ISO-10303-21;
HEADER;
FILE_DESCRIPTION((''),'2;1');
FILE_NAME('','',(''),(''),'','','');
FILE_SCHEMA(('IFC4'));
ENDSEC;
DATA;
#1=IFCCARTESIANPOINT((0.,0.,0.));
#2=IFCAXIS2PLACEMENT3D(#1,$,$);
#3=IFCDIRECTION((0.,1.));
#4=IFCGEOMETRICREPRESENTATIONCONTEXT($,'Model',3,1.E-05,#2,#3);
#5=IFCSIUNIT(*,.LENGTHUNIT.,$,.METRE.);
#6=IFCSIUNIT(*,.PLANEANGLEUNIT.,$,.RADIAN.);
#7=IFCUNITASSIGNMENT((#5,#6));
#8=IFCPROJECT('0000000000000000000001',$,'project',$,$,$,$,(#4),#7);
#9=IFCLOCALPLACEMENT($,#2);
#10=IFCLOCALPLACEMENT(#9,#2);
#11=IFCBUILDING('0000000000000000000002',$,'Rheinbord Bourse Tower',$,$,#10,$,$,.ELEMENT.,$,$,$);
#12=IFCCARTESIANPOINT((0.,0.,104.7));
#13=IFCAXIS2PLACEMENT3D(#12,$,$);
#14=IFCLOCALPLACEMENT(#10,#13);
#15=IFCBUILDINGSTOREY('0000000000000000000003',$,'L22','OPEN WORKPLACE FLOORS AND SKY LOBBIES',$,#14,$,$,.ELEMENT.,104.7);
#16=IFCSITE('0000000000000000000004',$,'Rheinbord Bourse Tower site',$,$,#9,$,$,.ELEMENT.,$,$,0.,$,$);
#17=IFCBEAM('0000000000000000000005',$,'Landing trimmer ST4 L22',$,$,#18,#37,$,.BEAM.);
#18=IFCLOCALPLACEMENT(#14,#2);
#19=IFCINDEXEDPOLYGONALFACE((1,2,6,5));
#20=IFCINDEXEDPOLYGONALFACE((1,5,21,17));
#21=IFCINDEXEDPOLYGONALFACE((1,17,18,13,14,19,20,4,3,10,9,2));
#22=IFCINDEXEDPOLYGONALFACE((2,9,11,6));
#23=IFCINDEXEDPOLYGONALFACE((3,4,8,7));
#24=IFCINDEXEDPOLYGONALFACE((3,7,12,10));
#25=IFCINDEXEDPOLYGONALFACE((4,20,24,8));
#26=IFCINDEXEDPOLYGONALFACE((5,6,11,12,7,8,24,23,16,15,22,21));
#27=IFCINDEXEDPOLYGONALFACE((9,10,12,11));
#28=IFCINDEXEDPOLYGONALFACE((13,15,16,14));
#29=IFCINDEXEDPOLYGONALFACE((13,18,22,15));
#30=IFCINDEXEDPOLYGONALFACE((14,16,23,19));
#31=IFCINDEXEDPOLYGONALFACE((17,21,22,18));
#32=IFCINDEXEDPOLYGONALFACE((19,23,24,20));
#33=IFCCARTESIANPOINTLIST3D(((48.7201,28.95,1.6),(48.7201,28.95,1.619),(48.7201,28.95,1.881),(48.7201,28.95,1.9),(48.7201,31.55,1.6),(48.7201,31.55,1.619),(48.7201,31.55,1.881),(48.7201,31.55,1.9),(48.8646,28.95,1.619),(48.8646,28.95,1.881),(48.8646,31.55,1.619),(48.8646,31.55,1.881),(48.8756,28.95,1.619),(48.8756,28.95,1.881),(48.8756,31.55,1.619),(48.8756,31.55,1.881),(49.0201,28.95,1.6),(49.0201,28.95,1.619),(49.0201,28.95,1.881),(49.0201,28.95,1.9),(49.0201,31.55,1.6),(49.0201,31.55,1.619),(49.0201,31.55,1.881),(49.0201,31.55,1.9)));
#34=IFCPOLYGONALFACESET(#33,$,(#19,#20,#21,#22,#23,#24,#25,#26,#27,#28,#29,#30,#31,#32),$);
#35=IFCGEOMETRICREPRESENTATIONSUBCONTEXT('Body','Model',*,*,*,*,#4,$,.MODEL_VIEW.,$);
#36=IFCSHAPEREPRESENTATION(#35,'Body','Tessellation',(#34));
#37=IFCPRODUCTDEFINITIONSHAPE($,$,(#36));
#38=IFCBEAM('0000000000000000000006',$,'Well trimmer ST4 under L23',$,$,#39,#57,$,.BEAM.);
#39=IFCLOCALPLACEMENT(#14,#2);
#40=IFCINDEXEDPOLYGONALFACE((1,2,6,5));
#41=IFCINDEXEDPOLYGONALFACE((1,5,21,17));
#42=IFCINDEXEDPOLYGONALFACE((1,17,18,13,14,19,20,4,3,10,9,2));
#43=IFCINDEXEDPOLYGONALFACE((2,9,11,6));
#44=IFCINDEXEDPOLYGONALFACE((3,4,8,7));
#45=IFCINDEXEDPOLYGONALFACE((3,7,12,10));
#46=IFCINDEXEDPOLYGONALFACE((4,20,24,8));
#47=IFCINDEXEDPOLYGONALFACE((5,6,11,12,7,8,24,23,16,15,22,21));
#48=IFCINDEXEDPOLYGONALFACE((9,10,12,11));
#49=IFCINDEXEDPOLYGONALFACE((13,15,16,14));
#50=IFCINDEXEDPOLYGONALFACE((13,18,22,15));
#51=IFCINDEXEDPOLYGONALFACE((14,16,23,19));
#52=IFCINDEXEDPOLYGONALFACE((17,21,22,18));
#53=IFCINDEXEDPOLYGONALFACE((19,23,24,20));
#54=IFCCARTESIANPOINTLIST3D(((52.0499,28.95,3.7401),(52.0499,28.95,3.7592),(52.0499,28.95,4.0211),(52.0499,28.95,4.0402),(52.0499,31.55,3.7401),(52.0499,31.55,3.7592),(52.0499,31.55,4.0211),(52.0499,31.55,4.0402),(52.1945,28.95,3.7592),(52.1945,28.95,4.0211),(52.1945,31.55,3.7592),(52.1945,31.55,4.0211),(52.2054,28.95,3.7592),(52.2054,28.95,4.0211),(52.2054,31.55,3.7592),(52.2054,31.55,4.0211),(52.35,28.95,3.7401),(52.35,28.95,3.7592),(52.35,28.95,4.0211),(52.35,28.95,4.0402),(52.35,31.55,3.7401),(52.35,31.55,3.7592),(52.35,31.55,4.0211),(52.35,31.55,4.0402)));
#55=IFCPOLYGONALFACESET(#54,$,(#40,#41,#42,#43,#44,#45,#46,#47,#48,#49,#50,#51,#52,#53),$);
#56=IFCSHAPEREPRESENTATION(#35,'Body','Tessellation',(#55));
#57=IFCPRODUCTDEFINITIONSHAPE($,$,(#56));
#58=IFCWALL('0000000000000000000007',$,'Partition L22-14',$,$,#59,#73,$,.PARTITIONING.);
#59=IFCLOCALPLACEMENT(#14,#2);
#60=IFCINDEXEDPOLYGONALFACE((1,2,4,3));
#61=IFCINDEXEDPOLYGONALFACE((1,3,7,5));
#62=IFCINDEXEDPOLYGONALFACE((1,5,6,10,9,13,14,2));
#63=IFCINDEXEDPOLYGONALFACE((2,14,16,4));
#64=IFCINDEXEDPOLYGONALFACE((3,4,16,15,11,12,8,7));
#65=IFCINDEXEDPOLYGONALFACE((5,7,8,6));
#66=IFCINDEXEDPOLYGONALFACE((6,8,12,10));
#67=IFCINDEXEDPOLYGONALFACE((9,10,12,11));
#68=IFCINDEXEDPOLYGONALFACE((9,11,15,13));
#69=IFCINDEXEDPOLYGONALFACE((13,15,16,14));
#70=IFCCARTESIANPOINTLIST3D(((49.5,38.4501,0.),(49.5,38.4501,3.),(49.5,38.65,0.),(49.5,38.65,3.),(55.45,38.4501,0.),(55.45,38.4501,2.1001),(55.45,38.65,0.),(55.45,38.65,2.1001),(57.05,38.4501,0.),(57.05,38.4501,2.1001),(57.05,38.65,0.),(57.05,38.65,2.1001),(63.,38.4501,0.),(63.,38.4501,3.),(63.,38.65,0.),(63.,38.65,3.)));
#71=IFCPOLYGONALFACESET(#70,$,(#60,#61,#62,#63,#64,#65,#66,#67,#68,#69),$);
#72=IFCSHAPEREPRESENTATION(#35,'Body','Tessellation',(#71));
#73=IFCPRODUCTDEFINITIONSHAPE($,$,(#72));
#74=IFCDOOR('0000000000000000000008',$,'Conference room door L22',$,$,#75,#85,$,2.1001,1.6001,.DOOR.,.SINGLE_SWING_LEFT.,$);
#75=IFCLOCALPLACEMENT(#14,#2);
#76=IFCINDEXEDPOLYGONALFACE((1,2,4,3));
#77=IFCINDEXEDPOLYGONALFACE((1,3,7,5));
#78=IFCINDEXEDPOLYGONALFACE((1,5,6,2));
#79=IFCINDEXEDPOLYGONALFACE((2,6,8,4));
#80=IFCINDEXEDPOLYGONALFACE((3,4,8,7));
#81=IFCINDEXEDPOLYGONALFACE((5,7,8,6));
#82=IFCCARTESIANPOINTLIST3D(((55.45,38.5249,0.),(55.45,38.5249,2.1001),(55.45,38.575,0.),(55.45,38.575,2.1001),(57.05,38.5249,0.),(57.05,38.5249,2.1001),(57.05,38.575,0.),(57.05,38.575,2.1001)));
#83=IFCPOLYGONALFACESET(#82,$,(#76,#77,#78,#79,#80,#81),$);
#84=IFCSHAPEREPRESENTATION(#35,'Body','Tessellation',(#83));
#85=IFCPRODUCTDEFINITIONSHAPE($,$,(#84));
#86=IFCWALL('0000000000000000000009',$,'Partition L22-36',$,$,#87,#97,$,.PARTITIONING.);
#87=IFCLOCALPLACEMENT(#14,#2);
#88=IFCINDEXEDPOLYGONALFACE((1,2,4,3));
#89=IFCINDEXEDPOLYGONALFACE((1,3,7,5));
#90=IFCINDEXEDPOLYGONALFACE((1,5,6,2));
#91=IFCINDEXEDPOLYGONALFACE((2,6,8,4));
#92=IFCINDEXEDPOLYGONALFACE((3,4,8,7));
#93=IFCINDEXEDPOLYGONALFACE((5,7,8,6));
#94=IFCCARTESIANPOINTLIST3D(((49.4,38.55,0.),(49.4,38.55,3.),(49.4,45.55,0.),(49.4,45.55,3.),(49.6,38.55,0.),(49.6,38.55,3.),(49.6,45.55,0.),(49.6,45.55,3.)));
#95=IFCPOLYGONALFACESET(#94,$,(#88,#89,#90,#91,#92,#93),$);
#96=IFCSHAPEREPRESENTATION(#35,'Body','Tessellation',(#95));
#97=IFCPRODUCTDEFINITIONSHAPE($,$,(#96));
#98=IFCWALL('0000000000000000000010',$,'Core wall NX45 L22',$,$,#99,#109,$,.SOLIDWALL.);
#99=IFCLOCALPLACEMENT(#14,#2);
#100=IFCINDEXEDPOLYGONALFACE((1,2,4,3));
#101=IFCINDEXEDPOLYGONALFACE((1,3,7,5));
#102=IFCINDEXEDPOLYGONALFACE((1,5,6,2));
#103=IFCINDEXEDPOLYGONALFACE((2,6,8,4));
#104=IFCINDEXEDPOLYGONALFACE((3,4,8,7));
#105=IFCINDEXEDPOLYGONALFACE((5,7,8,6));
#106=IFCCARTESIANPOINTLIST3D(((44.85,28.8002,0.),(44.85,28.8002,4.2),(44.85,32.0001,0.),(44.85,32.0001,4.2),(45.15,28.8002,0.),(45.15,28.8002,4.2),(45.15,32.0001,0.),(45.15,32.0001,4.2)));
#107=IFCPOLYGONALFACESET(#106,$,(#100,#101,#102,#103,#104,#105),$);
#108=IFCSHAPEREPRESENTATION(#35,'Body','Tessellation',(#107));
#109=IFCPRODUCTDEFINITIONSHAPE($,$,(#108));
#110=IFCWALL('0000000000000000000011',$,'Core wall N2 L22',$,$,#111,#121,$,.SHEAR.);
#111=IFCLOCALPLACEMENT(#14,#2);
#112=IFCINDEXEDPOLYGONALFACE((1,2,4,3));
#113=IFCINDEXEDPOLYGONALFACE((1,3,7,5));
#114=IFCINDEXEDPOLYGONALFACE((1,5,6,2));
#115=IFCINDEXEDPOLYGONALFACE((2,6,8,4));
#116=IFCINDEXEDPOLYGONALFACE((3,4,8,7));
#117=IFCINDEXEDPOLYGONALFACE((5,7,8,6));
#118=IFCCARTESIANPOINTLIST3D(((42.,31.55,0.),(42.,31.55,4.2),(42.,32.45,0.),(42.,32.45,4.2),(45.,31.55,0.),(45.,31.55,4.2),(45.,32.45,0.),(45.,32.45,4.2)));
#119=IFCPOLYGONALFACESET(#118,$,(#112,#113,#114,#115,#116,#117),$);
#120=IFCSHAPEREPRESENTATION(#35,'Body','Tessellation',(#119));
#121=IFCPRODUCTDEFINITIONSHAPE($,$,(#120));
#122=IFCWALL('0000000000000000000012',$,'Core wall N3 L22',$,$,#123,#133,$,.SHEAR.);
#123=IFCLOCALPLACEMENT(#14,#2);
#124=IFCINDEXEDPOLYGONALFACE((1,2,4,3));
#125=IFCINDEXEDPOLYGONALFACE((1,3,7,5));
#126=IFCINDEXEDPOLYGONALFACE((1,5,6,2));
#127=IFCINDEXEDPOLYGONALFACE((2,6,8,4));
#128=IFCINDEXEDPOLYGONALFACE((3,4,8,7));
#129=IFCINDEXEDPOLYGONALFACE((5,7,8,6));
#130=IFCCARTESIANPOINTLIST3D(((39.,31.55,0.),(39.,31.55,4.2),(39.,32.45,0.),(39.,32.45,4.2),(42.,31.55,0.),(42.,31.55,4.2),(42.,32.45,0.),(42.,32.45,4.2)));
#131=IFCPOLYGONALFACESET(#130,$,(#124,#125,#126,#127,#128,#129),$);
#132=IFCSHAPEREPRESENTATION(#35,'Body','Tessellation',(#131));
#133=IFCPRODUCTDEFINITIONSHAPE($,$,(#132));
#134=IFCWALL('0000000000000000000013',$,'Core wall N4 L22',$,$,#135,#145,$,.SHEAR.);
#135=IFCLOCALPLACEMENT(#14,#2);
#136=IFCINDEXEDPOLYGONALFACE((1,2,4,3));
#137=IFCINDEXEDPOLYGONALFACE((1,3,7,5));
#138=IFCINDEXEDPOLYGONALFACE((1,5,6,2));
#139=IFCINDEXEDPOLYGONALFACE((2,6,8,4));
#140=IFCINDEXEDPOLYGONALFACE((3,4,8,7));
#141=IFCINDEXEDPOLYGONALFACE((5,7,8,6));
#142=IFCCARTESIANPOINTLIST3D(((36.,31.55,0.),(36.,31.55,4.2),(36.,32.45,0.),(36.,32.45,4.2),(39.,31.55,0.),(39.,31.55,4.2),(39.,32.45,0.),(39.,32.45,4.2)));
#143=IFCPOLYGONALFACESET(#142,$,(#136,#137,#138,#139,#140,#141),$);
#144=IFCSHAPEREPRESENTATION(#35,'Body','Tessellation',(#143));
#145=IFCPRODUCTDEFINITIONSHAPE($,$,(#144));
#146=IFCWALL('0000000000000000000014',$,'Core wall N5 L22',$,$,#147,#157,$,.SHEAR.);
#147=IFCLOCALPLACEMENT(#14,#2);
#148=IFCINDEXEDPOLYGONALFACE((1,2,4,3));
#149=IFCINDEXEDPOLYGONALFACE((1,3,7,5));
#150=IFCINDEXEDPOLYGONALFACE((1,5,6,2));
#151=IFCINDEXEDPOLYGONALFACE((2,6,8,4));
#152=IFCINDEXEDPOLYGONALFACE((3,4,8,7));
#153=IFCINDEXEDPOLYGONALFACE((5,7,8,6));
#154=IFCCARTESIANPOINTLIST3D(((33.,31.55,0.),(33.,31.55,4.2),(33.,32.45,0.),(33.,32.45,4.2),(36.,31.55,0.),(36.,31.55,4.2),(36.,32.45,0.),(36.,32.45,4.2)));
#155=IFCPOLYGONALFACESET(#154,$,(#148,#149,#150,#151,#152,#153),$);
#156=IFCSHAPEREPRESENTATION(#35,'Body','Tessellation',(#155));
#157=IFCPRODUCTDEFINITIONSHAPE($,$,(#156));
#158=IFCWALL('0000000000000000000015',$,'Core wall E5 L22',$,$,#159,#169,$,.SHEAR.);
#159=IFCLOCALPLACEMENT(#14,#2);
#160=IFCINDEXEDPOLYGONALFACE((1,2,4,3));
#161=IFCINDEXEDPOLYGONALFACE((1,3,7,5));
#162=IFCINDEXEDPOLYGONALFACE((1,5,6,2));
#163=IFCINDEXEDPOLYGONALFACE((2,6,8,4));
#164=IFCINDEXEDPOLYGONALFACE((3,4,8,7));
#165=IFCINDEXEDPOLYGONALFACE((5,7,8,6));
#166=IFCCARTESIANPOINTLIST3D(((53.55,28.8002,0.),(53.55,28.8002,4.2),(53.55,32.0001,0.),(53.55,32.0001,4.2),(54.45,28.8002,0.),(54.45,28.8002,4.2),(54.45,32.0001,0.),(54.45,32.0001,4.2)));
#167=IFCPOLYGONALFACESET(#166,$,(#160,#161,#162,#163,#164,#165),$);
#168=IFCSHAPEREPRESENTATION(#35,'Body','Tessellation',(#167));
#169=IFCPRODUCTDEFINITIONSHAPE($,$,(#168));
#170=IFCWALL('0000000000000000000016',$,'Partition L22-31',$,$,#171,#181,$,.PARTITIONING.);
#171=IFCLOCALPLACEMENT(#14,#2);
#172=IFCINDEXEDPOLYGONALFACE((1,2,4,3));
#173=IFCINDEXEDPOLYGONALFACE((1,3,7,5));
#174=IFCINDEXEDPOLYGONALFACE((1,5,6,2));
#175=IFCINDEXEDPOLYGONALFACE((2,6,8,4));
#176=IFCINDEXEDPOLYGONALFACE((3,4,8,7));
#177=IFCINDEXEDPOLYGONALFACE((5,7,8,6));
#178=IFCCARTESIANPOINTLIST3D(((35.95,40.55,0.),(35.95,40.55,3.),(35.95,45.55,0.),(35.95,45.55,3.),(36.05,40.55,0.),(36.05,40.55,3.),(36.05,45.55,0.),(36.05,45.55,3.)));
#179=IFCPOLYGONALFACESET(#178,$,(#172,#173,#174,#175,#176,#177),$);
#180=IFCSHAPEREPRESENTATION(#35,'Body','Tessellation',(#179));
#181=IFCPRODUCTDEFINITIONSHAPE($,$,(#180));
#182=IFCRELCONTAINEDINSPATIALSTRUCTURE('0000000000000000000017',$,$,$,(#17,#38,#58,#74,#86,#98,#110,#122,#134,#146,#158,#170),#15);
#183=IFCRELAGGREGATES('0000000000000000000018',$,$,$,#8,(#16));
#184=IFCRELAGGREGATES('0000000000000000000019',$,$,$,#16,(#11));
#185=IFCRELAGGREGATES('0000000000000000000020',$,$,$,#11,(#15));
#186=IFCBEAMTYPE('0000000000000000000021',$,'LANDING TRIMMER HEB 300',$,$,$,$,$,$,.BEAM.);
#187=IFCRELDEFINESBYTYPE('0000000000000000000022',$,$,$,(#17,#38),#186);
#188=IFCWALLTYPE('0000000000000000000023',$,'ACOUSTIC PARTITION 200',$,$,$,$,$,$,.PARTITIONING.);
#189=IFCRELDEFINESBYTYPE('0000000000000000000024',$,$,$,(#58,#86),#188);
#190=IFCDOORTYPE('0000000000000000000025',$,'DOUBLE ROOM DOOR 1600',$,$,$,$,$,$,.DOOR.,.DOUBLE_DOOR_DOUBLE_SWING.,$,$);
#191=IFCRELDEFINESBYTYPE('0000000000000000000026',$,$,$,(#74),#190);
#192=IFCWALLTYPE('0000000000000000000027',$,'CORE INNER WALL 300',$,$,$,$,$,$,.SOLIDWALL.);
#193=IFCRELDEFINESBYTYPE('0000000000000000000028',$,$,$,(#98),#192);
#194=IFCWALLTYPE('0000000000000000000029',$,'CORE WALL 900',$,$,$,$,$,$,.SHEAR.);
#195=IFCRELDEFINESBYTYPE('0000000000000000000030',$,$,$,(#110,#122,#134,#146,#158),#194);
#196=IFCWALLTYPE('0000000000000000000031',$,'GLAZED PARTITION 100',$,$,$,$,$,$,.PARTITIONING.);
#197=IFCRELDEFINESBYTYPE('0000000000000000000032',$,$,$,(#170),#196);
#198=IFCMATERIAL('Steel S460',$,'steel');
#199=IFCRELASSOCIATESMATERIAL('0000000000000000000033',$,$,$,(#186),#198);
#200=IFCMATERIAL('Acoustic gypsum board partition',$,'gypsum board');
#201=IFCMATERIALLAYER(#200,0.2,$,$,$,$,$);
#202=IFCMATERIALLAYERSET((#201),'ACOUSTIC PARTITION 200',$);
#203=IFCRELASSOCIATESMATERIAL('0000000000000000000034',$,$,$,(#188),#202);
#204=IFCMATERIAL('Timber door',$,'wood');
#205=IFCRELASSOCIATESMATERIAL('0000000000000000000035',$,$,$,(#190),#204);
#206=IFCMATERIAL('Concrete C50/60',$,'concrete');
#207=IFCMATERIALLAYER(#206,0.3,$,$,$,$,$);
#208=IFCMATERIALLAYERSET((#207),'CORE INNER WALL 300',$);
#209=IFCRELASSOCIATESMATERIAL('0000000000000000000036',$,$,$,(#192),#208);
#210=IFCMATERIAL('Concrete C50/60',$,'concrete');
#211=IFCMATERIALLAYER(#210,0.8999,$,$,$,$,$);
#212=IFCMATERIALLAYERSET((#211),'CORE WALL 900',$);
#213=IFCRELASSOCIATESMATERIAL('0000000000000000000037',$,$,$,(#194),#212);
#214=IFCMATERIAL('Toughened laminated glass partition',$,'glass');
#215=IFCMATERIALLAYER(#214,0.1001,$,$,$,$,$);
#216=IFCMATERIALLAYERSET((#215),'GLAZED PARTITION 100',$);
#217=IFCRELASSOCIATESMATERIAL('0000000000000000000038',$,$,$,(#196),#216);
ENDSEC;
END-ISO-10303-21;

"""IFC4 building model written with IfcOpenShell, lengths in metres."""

from ifc_helpers import new_model, si_unit, direction, frame, frame_2d, origin, origin_2d, place, context, subcontext, project, spatial, rectangle, i_section, extrude, material, layer, layer_set, material_profile, profile_set, type_object, element, fill, save


model = new_model("IFC4")

# Units and contexts
model_context = context("Model", 3, precision=1e-05, world=origin(), true_north=direction((0.0, 1.0)))
body_context = subcontext(model_context, "Body", "Model", "MODEL_VIEW")
ifc_project = project(units=[si_unit("LENGTHUNIT", "METRE"), si_unit("PLANEANGLEUNIT", "RADIAN")], contexts=[model_context])

# Site, building, storey
site_placement = place(None, origin())
site = spatial("IfcSite", under=ifc_project, at=site_placement, Name="Rheinbord Bourse Tower site", CompositionType="ELEMENT", RefElevation=0.0)
building_placement = place(site_placement, origin())
building = spatial("IfcBuilding", under=site, at=building_placement, Name="Rheinbord Bourse Tower", CompositionType="ELEMENT")
storey_placement = place(building_placement, frame((0.0, 0.0, 104.7)))
storey = spatial("IfcBuildingStorey", under=building, at=storey_placement, Name="L22", Description="OPEN WORKPLACE FLOORS AND SKY LOBBIES", CompositionType="ELEMENT", Elevation=104.7)

# Beams
ifc_material_1 = material(Name="Steel S460", Category="steel")
ifc_material_profile = material_profile(ifc_material_1, i_section(OverallWidth=0.3, OverallDepth=0.3, WebThickness=0.011, FlangeThickness=0.019, at=origin_2d()), Name="HEB 300")
ifc_profile_set = profile_set([ifc_material_profile], Name="Steel S460")
beam_type = type_object("IfcBeamType", Name="LANDING TRIMMER HEB 300", PredefinedType="BEAM", material=ifc_profile_set)
for number, where, z_axis, x_axis, name in (
    (1, (48.8701, 28.95, 1.75), (0.0, 1.0, 0.0), (-1.0, 0.0, 0.0), "Landing trimmer ST4 L22"),
    (2, (52.2, 28.95, 3.8901), (0.0, 1.0, 0.0), (-1.0, 0.0, 0.0), "Well trimmer ST4 under L23"),
):
    element("IfcBeam", number, at=place(storey_placement, frame(where, z_axis=z_axis, x_axis=x_axis)), inside=storey, type_object=beam_type, Name=name, PredefinedType="BEAM", context=body_context, shape_type="SweptSolid", body=[
        extrude(i_section(OverallWidth=0.3, OverallDepth=0.3, WebThickness=0.011, FlangeThickness=0.019, at=origin_2d()), origin(), (0.0, 0.0, 1.0), 2.6001),
    ])

# Wall, opening, door
ifc_material_2 = material(Name="Acoustic gypsum board partition", Category="gypsum board")
ifc_layer_1 = layer(ifc_material_2, 0.2)
ifc_layer_set_1 = layer_set([ifc_layer_1], Name="ACOUSTIC PARTITION 200")
wall_type_1 = type_object("IfcWallType", Name="ACOUSTIC PARTITION 200", PredefinedType="PARTITIONING", material=ifc_layer_set_1)
wall_1_placement = place(storey_placement, frame((49.5, 38.55, 0.0), z_axis=(0.0, 0.0, 1.0), x_axis=(1.0, 0.0, 0.0)))
wall_1 = element("IfcWall", 3, at=wall_1_placement, inside=storey, type_object=wall_type_1, Name="Partition L22-14", PredefinedType="PARTITIONING", context=body_context, shape_type="SweptSolid", body=[
    extrude(rectangle(XDim=13.5, YDim=0.2, at=frame_2d((6.75, 0.0))), origin(), (0.0, 0.0, 1.0), 3.0),
])
opening_1_placement = place(wall_1_placement, frame((5.95, 0.0, 0.0)))
opening_1 = element("IfcOpeningElement", 4, at=opening_1_placement, cuts=wall_1, PredefinedType="OPENING", context=body_context, shape_type="SweptSolid", body=[
    extrude(rectangle(XDim=1.6001, YDim=2.1001, at=frame_2d((0.8, 1.05))), frame((0.0, 0.1099, 0.0), z_axis=(0.0, -1.0, 0.0), x_axis=(1.0, 0.0, 0.0)), (0.0, 0.0, 1.0), 0.22),
])
ifc_material_3 = material(Name="Timber door", Category="wood")
door_type = type_object("IfcDoorType", Name="DOUBLE ROOM DOOR 1600", OperationType="DOUBLE_DOOR_DOUBLE_SWING", PredefinedType="DOOR", material=ifc_material_3)
door_1_placement = place(opening_1_placement, origin())
door_1 = element("IfcDoor", 5, at=door_1_placement, inside=storey, type_object=door_type, Name="Conference room door L22", OperationType="SINGLE_SWING_LEFT", OverallHeight=2.1001, OverallWidth=1.6001, PredefinedType="DOOR", context=body_context, shape_type="SweptSolid", body=[
    extrude(rectangle(XDim=1.6001, YDim=2.1001, at=frame_2d((0.8, 1.05))), frame((0.0, 0.0249, 0.0), z_axis=(0.0, -1.0, 0.0), x_axis=(1.0, 0.0, 0.0)), (0.0, 0.0, 1.0), 0.05),
])
fill(opening_1, door_1)

# Walls
wall_2_placement = place(storey_placement, frame((49.5, 38.55, 0.0), z_axis=(0.0, 0.0, 1.0), x_axis=(0.0, 1.0, 0.0)))
element("IfcWall", 6, at=wall_2_placement, inside=storey, type_object=wall_type_1, Name="Partition L22-36", PredefinedType="PARTITIONING", context=body_context, shape_type="SweptSolid", body=[
    extrude(rectangle(XDim=7.0, YDim=0.2, at=frame_2d((3.5, 0.0))), origin(), (0.0, 0.0, 1.0), 3.0),
])
ifc_material_4 = material(Name="Concrete C50/60", Category="concrete")
ifc_layer_2 = layer(ifc_material_4, 0.3)
ifc_layer_set_2 = layer_set([ifc_layer_2], Name="CORE INNER WALL 300")
wall_type_2 = type_object("IfcWallType", Name="CORE INNER WALL 300", PredefinedType="SOLIDWALL", material=ifc_layer_set_2)
wall_3_placement = place(storey_placement, frame((45.0, 28.8, 0.0), z_axis=(0.0, 0.0, 1.0), x_axis=(0.0, 1.0, 0.0)))
element("IfcWall", 7, at=wall_3_placement, inside=storey, type_object=wall_type_2, Name="Core wall NX45 L22", PredefinedType="SOLIDWALL", context=body_context, shape_type="SweptSolid", body=[
    extrude(rectangle(XDim=3.2, YDim=0.3, at=frame_2d((1.6001, 0.0))), origin(), (0.0, 0.0, 1.0), 4.2),
])
ifc_material_5 = material(Name="Concrete C50/60", Category="concrete")
ifc_layer_3 = layer(ifc_material_5, 0.8999)
ifc_layer_set_3 = layer_set([ifc_layer_3], Name="CORE WALL 900")
wall_type_3 = type_object("IfcWallType", Name="CORE WALL 900", PredefinedType="SHEAR", material=ifc_layer_set_3)
for number, where, z_axis, x_axis, name in (
    (8, (45.0, 32.0, 0.0), (0.0, 0.0, 1.0), (-1.0, 0.0, 0.0), "Core wall N2 L22"),
    (9, (42.0, 32.0, 0.0), (0.0, 0.0, 1.0), (-1.0, 0.0, 0.0), "Core wall N3 L22"),
    (10, (39.0, 32.0, 0.0), (0.0, 0.0, 1.0), (-1.0, 0.0, 0.0), "Core wall N4 L22"),
    (11, (36.0, 32.0, 0.0), (0.0, 0.0, 1.0), (-1.0, 0.0, 0.0), "Core wall N5 L22"),
):
    element("IfcWall", number, at=place(storey_placement, frame(where, z_axis=z_axis, x_axis=x_axis)), inside=storey, type_object=wall_type_3, Name=name, PredefinedType="SHEAR", context=body_context, shape_type="SweptSolid", body=[
        extrude(rectangle(XDim=3.0, YDim=0.8999, at=frame_2d((1.5, 0.0))), origin(), (0.0, 0.0, 1.0), 4.2),
    ])
wall_4_placement = place(storey_placement, frame((54.0, 28.8, 0.0), z_axis=(0.0, 0.0, 1.0), x_axis=(0.0, 1.0, 0.0)))
element("IfcWall", 12, at=wall_4_placement, inside=storey, type_object=wall_type_3, Name="Core wall E5 L22", PredefinedType="SHEAR", context=body_context, shape_type="SweptSolid", body=[
    extrude(rectangle(XDim=3.2, YDim=0.8999, at=frame_2d((1.6001, 0.0))), origin(), (0.0, 0.0, 1.0), 4.2),
])
ifc_material_6 = material(Name="Toughened laminated glass partition", Category="glass")
ifc_layer_4 = layer(ifc_material_6, 0.1001)
ifc_layer_set_4 = layer_set([ifc_layer_4], Name="GLAZED PARTITION 100")
wall_type_4 = type_object("IfcWallType", Name="GLAZED PARTITION 100", PredefinedType="PARTITIONING", material=ifc_layer_set_4)
wall_5_placement = place(storey_placement, frame((36.0, 40.55, 0.0), z_axis=(0.0, 0.0, 1.0), x_axis=(0.0, 1.0, 0.0)))
element("IfcWall", 13, at=wall_5_placement, inside=storey, type_object=wall_type_4, Name="Partition L22-31", PredefinedType="PARTITIONING", context=body_context, shape_type="SweptSolid", body=[
    extrude(rectangle(XDim=5.0, YDim=0.1001, at=frame_2d((2.5, 0.0))), origin(), (0.0, 0.0, 1.0), 3.0),
])

save(model, "model.ifc")
